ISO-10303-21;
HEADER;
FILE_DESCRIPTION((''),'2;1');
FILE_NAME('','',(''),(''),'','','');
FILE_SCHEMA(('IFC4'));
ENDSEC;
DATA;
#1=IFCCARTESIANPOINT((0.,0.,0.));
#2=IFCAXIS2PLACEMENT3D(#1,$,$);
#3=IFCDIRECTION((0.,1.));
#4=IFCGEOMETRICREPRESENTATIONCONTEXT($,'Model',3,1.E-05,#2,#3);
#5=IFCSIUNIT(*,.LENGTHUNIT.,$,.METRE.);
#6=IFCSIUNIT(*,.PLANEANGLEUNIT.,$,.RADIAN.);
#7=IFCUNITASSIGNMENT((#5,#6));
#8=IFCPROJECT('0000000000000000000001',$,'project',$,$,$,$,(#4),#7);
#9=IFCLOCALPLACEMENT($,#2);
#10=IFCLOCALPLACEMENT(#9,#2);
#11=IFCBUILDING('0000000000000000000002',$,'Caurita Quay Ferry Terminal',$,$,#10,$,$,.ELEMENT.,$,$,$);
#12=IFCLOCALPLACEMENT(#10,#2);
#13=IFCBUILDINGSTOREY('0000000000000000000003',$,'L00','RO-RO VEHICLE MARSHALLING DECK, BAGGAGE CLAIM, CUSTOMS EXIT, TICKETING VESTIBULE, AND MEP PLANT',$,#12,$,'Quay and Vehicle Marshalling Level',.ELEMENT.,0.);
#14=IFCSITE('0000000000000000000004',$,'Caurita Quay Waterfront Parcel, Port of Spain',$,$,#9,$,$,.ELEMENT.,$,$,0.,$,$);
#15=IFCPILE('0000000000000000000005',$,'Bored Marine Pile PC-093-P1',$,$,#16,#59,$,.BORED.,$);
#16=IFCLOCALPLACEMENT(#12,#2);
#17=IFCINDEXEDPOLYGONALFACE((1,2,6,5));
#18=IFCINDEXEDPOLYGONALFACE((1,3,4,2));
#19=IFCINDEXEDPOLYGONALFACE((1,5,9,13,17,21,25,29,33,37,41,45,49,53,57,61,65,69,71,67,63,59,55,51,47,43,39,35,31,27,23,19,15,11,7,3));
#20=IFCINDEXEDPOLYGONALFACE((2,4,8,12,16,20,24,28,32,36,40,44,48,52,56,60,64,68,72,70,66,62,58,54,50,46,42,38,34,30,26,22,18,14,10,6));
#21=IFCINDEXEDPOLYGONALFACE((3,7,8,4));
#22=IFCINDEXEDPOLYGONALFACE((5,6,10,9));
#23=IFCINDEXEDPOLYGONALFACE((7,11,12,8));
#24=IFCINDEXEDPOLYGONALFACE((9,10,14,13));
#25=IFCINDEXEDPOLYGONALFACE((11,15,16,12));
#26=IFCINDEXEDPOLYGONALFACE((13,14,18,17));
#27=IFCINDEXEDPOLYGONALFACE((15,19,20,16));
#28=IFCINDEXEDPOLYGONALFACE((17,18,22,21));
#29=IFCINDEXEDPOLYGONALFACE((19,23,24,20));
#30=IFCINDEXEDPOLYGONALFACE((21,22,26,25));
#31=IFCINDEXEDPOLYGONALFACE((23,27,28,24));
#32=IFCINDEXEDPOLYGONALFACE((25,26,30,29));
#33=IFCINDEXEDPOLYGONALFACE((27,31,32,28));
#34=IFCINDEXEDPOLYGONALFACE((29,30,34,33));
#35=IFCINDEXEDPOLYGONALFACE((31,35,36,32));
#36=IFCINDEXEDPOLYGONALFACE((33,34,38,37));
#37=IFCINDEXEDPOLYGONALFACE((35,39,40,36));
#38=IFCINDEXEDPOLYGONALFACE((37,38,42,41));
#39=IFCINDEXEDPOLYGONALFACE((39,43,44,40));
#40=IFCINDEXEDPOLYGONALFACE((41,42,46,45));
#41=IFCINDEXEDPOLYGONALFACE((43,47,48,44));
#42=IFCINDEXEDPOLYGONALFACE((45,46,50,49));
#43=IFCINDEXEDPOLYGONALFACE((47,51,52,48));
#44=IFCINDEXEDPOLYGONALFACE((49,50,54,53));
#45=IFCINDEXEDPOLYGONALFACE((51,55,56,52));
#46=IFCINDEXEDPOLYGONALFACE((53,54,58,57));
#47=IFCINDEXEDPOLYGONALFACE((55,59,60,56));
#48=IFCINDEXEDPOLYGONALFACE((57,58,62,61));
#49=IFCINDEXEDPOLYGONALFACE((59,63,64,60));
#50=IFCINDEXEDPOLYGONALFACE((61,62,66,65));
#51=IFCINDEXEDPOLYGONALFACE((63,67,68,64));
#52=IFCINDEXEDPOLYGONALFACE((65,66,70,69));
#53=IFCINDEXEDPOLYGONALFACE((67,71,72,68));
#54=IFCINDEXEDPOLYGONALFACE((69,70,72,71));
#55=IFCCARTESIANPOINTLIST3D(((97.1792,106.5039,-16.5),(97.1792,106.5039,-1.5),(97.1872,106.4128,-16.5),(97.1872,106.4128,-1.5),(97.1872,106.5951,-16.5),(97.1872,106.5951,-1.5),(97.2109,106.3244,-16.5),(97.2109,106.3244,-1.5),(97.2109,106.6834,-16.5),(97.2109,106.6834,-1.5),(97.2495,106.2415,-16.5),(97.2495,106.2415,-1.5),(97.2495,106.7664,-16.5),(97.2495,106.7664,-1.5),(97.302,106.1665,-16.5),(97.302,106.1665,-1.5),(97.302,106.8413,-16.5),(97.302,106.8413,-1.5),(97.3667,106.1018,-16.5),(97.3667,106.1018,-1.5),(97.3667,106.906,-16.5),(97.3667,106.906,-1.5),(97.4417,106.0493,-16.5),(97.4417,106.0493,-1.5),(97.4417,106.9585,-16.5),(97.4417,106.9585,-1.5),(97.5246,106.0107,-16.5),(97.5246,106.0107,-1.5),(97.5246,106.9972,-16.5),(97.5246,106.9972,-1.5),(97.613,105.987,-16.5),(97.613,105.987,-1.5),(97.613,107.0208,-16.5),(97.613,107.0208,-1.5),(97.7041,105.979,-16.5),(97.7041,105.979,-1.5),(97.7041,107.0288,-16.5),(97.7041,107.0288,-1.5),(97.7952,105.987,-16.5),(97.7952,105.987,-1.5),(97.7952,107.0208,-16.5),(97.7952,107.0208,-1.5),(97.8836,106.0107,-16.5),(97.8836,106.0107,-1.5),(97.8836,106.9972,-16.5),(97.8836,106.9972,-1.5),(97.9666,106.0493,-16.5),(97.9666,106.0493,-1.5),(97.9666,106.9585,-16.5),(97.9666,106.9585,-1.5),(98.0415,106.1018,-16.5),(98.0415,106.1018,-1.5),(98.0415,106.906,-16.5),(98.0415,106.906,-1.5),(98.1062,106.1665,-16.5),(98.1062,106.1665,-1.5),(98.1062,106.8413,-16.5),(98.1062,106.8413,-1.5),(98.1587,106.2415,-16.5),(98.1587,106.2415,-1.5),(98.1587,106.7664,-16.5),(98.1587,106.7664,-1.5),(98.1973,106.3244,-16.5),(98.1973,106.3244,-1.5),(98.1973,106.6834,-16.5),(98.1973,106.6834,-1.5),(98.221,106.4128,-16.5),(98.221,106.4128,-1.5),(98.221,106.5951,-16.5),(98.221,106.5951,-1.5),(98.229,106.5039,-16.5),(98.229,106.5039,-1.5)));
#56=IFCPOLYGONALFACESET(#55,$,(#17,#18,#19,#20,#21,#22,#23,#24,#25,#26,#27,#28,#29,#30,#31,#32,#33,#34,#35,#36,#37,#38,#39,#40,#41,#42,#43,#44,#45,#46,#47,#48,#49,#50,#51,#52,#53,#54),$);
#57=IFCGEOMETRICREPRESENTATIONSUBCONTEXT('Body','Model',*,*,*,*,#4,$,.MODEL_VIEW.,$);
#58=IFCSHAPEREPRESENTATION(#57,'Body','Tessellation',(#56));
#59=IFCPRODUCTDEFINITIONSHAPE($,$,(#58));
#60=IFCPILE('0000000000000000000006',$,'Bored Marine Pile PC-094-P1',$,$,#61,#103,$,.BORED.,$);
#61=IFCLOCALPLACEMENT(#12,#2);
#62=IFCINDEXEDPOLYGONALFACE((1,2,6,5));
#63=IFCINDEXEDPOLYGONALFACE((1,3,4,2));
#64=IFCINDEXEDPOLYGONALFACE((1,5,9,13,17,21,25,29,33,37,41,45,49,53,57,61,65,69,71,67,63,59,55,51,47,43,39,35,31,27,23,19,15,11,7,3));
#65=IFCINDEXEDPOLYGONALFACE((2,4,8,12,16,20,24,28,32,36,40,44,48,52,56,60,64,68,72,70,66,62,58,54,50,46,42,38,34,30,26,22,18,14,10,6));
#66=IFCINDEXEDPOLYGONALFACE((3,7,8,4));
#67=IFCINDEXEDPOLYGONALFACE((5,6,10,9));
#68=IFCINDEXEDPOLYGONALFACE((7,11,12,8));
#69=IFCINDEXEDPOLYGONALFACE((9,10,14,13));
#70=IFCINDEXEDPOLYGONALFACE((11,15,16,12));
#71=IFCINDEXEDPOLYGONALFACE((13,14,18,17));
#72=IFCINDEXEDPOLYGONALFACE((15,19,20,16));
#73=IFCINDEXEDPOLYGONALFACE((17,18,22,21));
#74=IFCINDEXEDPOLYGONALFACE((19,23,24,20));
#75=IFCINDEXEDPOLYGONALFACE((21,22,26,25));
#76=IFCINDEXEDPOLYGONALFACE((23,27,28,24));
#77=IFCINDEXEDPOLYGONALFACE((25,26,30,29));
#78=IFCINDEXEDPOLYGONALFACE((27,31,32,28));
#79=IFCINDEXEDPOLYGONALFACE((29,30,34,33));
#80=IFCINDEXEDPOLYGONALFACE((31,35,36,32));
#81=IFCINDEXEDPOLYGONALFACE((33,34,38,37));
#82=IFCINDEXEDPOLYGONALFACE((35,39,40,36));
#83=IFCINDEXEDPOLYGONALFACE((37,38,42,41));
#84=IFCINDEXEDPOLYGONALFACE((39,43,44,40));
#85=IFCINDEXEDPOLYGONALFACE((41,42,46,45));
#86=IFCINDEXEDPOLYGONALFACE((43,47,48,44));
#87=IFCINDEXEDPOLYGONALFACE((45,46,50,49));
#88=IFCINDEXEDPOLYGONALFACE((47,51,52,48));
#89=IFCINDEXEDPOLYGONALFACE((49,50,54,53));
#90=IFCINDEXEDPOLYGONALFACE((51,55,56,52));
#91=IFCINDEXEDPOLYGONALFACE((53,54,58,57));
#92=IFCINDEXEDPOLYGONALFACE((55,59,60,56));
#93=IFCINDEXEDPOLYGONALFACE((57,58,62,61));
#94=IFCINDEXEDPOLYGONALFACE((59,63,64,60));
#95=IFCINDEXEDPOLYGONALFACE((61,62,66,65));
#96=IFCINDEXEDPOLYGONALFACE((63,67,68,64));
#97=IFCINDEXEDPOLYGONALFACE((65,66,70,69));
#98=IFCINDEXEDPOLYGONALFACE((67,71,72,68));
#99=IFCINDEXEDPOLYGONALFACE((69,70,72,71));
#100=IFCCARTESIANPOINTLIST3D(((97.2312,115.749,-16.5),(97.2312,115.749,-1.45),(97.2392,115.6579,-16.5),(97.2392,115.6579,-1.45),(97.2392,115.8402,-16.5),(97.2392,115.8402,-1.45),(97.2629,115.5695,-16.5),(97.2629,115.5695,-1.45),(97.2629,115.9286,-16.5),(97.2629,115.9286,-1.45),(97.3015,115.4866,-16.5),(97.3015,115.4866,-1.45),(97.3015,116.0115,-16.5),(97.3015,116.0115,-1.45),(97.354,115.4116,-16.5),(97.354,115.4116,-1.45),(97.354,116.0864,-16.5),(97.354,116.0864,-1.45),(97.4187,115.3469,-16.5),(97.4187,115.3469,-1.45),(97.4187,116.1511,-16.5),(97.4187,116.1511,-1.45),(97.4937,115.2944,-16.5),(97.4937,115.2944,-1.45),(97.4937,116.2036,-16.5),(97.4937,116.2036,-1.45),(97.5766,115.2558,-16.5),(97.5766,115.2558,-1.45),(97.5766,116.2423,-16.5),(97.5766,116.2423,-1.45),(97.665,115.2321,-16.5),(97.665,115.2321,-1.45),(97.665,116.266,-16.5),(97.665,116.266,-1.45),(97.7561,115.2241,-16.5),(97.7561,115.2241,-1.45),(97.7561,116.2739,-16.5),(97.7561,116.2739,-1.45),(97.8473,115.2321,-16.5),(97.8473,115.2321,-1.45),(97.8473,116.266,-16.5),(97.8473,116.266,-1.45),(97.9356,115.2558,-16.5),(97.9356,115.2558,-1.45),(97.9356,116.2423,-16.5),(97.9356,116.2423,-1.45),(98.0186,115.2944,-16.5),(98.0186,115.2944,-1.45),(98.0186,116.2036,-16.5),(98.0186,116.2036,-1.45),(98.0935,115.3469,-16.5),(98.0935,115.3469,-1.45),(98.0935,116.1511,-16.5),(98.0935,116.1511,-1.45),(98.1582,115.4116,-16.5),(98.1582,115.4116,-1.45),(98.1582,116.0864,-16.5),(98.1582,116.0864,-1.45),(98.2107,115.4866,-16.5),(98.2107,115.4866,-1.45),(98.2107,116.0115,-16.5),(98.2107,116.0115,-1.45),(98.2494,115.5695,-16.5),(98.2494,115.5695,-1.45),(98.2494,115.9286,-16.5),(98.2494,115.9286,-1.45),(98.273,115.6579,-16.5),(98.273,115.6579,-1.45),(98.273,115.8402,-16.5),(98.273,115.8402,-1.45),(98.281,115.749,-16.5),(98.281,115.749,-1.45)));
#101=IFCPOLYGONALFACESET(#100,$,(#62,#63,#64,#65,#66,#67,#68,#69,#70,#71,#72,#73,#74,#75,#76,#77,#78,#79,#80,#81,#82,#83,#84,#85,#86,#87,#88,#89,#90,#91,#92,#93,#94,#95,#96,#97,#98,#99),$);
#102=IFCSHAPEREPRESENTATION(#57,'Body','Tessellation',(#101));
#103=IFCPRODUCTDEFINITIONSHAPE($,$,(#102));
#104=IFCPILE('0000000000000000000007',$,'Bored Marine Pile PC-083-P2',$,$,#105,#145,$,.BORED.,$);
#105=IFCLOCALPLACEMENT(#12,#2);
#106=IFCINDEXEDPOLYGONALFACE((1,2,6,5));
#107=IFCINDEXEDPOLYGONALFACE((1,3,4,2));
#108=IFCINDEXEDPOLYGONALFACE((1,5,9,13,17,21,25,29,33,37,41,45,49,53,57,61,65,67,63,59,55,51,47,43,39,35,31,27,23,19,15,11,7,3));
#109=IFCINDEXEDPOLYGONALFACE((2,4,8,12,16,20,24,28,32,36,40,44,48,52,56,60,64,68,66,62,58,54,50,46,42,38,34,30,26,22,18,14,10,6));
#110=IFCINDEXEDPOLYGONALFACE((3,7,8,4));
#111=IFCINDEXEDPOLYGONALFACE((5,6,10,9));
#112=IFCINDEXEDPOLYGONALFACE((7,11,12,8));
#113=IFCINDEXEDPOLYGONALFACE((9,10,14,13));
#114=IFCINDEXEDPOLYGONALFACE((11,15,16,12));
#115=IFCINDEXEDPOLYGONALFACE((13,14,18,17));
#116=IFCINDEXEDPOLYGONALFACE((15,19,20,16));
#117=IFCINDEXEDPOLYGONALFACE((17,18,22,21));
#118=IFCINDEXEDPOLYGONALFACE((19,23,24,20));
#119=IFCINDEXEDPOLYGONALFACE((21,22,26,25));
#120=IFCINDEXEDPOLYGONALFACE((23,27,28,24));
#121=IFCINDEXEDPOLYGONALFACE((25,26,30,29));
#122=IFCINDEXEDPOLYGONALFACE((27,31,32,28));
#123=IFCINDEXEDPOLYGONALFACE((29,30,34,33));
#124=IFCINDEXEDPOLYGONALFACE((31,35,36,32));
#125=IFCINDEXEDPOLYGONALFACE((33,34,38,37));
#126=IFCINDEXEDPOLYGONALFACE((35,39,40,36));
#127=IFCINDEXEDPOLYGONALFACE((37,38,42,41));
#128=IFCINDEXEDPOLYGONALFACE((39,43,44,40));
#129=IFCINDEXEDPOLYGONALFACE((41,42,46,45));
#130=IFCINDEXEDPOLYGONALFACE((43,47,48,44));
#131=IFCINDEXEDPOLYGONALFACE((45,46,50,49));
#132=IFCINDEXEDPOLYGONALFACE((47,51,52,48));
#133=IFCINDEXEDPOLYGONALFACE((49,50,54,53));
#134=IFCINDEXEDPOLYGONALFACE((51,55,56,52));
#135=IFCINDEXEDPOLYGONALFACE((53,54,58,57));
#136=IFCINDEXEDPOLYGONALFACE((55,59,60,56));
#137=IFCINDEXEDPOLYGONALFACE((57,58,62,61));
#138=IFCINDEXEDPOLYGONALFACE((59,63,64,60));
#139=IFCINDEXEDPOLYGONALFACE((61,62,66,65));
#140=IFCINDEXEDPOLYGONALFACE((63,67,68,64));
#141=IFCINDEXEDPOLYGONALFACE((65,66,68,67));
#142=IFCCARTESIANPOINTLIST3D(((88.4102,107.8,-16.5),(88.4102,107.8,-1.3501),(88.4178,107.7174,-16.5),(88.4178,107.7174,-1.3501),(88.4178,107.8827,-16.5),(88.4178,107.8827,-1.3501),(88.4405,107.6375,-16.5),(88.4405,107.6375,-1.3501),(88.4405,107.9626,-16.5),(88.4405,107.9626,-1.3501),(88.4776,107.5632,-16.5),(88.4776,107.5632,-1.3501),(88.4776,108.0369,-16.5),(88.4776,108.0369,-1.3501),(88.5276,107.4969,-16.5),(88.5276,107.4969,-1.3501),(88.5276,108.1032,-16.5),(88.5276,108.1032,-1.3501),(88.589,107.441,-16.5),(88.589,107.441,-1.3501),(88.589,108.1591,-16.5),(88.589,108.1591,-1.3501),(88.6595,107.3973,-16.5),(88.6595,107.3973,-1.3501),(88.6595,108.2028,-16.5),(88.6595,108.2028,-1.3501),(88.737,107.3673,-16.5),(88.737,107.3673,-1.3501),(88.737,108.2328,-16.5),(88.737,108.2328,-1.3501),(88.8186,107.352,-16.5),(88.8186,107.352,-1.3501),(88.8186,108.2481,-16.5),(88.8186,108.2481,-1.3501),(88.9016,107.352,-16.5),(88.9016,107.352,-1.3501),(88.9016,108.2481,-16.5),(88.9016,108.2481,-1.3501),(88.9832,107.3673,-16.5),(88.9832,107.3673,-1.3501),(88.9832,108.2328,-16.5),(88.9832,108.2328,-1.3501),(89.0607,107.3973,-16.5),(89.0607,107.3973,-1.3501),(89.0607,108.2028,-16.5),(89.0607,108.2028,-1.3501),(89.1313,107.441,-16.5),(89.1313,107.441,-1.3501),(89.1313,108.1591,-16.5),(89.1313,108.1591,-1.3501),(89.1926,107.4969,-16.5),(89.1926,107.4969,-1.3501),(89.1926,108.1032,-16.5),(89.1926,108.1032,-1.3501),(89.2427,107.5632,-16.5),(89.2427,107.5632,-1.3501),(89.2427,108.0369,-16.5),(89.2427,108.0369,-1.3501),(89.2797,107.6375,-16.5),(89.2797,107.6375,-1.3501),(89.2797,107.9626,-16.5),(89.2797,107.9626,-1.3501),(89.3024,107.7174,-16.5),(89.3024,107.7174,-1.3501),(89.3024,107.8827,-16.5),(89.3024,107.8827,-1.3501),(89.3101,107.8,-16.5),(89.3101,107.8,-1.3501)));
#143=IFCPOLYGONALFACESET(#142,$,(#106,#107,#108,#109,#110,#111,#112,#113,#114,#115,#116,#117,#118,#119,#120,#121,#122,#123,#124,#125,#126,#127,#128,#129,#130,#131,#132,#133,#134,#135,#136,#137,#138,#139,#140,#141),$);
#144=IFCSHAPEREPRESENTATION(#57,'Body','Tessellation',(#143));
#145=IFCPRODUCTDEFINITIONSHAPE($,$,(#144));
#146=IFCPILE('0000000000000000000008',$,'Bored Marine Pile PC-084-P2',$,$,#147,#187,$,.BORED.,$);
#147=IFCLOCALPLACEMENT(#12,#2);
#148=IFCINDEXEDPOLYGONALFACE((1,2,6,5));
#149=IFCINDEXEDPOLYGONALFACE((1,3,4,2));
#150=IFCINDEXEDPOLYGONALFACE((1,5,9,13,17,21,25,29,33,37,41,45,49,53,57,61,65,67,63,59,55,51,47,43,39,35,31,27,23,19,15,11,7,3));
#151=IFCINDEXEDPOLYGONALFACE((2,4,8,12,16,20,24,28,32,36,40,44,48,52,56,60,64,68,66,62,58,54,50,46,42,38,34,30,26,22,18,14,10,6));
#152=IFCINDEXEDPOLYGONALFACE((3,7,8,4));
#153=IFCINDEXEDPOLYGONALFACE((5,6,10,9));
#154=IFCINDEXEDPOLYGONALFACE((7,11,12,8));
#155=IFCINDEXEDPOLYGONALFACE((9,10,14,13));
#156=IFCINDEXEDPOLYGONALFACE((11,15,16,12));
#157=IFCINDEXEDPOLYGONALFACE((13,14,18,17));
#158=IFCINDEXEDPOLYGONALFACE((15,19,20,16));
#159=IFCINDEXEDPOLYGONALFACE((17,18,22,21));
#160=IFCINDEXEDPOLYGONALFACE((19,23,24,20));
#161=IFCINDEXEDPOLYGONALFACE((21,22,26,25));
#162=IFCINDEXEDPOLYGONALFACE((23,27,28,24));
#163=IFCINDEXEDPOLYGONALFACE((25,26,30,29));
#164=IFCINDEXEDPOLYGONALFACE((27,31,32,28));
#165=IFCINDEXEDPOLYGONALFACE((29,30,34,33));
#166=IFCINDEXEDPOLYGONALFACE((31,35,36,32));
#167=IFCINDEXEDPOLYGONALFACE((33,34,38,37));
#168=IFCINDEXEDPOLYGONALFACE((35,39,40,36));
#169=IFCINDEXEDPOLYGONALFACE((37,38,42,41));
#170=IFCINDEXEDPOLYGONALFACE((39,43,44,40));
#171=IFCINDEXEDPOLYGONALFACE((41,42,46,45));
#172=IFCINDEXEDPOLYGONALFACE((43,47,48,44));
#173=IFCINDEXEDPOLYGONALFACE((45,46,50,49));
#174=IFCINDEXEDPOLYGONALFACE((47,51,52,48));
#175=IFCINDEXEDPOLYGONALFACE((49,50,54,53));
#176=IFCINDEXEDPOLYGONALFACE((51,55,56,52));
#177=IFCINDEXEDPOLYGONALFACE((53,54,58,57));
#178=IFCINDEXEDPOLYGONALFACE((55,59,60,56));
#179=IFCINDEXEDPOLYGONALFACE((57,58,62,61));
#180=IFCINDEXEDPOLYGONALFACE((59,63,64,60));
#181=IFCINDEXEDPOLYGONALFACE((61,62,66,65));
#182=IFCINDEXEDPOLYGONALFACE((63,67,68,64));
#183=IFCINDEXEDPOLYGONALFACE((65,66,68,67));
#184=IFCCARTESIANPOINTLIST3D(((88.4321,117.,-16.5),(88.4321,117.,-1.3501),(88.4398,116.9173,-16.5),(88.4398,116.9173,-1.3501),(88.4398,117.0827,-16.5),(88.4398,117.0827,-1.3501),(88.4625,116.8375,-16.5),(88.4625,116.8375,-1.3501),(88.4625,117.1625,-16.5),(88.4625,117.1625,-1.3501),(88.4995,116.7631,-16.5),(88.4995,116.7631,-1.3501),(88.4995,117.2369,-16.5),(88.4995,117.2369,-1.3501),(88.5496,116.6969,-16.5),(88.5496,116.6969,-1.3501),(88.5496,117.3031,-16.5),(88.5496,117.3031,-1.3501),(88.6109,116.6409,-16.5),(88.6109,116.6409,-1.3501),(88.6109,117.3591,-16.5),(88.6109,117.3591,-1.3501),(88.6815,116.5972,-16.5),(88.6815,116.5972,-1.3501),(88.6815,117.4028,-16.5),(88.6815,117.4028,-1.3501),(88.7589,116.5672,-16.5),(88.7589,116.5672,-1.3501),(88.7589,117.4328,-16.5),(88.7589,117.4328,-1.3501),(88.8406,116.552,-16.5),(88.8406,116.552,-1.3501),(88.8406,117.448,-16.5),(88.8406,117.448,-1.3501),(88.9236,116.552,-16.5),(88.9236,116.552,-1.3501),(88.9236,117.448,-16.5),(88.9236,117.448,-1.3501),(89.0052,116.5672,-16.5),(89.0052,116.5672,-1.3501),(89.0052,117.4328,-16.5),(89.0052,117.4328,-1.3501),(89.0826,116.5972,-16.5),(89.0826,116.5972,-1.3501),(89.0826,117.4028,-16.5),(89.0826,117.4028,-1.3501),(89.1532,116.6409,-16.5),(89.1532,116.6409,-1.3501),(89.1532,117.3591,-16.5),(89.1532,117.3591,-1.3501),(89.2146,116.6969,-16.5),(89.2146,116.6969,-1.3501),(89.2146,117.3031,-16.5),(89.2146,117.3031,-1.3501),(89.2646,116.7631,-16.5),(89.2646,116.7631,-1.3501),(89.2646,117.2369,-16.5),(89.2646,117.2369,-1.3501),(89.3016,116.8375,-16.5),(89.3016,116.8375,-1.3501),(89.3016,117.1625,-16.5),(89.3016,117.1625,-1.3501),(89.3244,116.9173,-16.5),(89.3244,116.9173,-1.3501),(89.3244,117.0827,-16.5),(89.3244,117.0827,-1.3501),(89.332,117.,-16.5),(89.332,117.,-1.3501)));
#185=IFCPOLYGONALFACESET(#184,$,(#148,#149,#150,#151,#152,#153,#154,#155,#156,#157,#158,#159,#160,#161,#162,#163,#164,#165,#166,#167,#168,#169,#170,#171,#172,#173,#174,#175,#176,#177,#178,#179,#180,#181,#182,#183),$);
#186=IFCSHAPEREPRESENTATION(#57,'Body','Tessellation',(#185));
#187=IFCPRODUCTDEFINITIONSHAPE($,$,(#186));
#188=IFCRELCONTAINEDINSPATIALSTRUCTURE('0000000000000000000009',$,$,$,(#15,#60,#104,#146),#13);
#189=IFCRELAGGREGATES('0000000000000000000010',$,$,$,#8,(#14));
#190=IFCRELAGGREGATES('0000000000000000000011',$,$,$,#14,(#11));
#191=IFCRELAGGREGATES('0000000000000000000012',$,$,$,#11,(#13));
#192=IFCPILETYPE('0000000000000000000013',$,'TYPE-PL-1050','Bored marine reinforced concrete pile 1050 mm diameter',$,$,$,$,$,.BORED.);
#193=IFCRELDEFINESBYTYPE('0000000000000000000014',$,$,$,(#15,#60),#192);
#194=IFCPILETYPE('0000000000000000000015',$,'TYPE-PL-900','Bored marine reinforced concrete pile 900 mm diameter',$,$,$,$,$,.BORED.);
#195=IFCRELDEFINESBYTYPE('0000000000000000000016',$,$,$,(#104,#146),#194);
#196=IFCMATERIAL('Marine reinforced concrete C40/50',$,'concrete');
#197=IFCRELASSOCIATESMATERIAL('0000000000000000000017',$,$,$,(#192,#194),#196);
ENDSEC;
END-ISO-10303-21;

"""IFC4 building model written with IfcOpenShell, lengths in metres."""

from ifc_helpers import new_model, si_unit, direction, frame, origin, origin_2d, place, context, subcontext, project, spatial, circle, extrude, material, material_profile, profile_set, type_object, element, save


model = new_model("IFC4")

# Units and contexts
model_context = context("Model", 3, precision=1e-05, world=origin(), true_north=direction((0.0, 1.0)))
body_context = subcontext(model_context, "Body", "Model", "MODEL_VIEW")
ifc_project = project(units=[si_unit("LENGTHUNIT", "METRE"), si_unit("PLANEANGLEUNIT", "RADIAN")], contexts=[model_context])

# Site, building, storey
site_placement = place(None, origin())
site = spatial("IfcSite", under=ifc_project, at=site_placement, Name="Caurita Quay Waterfront Parcel, Port of Spain", CompositionType="ELEMENT", RefElevation=0.0)
building_placement = place(site_placement, origin())
building = spatial("IfcBuilding", under=site, at=building_placement, Name="Caurita Quay Ferry Terminal", CompositionType="ELEMENT")
storey_placement = place(building_placement, origin())
storey = spatial("IfcBuildingStorey", under=building, at=storey_placement, Name="L00", Description="RO-RO VEHICLE MARSHALLING DECK, BAGGAGE CLAIM, CUSTOMS EXIT, TICKETING VESTIBULE, AND MEP PLANT", LongName="Quay and Vehicle Marshalling Level", CompositionType="ELEMENT", Elevation=0.0)

# Piles
ifc_material_1 = material(Name="Marine reinforced concrete C40/50", Category="concrete")
ifc_material_profile_1 = material_profile(ifc_material_1, circle(Radius=0.5249, at=origin_2d()), Name="PILE-D1050")
ifc_profile_set_1 = profile_set([ifc_material_profile_1], Name="Marine reinforced concrete C40/50")
pile_type_1 = type_object("IfcPileType", Name="TYPE-PL-1050", Description="Bored marine reinforced concrete pile 1050 mm diameter", PredefinedType="BORED", material=ifc_profile_set_1)
pile_1_placement = place(storey_placement, frame((97.7041, 106.5039, -1.5), z_axis=(0.0, 0.0, -1.0), x_axis=(1.0, 0.0, 0.0)))
element("IfcPile", 1, at=pile_1_placement, inside=storey, type_object=pile_type_1, Name="Bored Marine Pile PC-093-P1", PredefinedType="BORED", context=body_context, shape_type="SweptSolid", body=[
    extrude(circle(Radius=0.5249, at=origin_2d()), origin(), (0.0, 0.0, 1.0), 15.0),
])
pile_2_placement = place(storey_placement, frame((97.7561, 115.749, -1.45), z_axis=(0.0, 0.0, -1.0), x_axis=(1.0, 0.0, 0.0)))
element("IfcPile", 2, at=pile_2_placement, inside=storey, type_object=pile_type_1, Name="Bored Marine Pile PC-094-P1", PredefinedType="BORED", context=body_context, shape_type="SweptSolid", body=[
    extrude(circle(Radius=0.5249, at=origin_2d()), origin(), (0.0, 0.0, 1.0), 15.05),
])
ifc_material_profile_2 = material_profile(ifc_material_1, circle(Radius=0.45, at=origin_2d()), Name="PILE-D900")
ifc_profile_set_2 = profile_set([ifc_material_profile_2], Name="Marine reinforced concrete C40/50")
pile_type_2 = type_object("IfcPileType", Name="TYPE-PL-900", Description="Bored marine reinforced concrete pile 900 mm diameter", PredefinedType="BORED", material=ifc_profile_set_2)
for number, where, z_axis, x_axis, name in (
    (3, (88.8601, 107.8, -1.3501), (0.0, 0.0, -1.0), (1.0, 0.0, 0.0), "Bored Marine Pile PC-083-P2"),
    (4, (88.8821, 117.0, -1.3501), (0.0, 0.0, -1.0), (1.0, 0.0, 0.0), "Bored Marine Pile PC-084-P2"),
):
    element("IfcPile", number, at=place(storey_placement, frame(where, z_axis=z_axis, x_axis=x_axis)), inside=storey, type_object=pile_type_2, Name=name, PredefinedType="BORED", context=body_context, shape_type="SweptSolid", body=[
        extrude(circle(Radius=0.45, at=origin_2d()), origin(), (0.0, 0.0, 1.0), 15.1499),
    ])

save(model, "model.ifc")
